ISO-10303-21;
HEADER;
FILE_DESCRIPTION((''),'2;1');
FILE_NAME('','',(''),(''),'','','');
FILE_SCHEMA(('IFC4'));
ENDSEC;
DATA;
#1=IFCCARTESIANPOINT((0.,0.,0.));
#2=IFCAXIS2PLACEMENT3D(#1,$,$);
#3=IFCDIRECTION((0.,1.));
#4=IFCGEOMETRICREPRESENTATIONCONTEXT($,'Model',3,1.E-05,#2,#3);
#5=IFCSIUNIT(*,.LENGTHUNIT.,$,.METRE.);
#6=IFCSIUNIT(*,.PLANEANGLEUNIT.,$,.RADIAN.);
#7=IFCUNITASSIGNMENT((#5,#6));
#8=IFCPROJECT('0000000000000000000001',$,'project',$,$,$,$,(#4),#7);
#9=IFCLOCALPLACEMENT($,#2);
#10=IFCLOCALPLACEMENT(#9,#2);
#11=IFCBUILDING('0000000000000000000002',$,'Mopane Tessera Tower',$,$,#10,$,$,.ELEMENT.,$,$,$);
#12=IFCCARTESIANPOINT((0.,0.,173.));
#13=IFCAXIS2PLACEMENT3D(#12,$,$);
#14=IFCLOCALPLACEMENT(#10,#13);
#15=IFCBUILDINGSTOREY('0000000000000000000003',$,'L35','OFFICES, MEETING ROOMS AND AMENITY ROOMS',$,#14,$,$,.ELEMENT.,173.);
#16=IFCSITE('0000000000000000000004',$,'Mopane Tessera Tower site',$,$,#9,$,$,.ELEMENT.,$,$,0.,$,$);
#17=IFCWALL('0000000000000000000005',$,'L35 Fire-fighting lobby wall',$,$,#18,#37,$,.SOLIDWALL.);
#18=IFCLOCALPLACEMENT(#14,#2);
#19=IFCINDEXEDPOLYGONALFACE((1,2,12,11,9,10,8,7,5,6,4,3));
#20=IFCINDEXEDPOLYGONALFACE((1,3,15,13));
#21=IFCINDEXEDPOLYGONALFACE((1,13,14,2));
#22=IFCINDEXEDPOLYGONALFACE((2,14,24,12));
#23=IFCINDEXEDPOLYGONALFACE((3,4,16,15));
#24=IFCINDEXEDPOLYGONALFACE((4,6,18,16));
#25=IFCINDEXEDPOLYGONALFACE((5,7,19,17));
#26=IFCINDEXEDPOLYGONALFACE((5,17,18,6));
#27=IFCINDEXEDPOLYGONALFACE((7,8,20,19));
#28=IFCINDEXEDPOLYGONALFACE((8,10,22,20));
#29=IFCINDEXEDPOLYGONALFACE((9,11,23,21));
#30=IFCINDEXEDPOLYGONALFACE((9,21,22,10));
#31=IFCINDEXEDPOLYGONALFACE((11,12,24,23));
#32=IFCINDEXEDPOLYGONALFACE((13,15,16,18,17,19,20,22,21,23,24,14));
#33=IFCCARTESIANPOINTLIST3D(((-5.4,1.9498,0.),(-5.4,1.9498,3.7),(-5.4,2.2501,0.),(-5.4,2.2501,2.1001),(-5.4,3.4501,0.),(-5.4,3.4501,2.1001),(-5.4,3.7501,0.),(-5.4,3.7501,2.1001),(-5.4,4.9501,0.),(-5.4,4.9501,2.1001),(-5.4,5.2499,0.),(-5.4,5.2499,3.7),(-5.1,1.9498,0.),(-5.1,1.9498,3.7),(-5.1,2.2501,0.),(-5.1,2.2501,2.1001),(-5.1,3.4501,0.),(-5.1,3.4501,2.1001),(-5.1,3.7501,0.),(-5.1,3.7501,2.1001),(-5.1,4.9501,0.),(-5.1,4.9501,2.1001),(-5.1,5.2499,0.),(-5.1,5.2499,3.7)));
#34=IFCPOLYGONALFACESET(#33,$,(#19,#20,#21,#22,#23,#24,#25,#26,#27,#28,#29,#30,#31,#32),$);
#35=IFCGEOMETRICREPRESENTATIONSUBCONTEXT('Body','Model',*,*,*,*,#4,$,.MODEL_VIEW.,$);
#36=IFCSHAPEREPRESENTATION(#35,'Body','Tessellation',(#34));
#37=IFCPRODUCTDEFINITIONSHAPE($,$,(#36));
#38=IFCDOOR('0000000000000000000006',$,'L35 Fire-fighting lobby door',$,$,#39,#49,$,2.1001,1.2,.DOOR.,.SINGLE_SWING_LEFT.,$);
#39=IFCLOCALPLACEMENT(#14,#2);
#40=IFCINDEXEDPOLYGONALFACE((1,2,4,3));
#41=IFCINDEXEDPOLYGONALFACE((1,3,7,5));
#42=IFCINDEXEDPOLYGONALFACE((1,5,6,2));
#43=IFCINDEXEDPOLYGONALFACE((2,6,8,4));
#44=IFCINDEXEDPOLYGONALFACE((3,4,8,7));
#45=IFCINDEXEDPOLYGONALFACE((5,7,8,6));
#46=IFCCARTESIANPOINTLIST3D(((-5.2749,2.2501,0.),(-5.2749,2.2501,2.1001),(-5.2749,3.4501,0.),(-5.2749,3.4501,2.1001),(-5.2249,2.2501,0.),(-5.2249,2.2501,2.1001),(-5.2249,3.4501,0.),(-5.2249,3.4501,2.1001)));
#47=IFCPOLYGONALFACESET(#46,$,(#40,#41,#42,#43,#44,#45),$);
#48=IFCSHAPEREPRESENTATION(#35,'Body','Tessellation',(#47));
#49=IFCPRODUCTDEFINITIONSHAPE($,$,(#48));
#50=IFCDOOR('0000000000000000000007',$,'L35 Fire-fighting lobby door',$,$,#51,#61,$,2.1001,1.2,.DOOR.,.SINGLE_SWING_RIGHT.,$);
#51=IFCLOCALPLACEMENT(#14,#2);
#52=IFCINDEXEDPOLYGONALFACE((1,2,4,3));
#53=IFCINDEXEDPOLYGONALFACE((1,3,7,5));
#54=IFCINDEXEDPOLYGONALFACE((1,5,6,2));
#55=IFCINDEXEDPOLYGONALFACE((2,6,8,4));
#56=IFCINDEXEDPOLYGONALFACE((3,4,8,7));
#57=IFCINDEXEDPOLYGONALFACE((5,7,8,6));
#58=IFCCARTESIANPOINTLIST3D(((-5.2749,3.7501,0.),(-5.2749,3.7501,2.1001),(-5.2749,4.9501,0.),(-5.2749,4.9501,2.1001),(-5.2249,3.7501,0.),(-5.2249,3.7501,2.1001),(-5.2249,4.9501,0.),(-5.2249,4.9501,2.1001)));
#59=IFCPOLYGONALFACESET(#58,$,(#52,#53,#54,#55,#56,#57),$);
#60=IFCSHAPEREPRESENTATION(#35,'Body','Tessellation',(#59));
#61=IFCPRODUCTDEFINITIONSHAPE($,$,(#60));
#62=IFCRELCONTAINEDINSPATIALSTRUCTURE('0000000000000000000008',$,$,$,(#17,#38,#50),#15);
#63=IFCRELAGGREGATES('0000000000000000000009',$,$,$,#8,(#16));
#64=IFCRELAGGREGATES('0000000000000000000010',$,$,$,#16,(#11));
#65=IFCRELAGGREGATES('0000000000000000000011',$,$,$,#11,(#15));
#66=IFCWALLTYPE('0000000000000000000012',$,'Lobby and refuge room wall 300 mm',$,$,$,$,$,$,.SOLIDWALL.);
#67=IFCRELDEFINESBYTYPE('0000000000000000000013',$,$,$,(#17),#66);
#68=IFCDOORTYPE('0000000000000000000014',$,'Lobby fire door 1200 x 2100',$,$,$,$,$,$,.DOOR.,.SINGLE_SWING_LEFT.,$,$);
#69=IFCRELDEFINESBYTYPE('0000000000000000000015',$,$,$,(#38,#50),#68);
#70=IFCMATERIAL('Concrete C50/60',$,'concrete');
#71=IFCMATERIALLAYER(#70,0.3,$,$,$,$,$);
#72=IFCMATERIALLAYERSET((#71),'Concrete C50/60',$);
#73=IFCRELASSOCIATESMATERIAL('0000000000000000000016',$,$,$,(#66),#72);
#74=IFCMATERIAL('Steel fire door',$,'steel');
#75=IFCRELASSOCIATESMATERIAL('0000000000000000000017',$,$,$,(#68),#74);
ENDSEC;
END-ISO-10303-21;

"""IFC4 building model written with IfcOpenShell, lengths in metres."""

from ifc_helpers import new_model, si_unit, direction, frame, frame_2d, origin, place, context, subcontext, project, spatial, rectangle, extrude, material, layer, layer_set, type_object, element, fill, save


model = new_model("IFC4")

# Units and contexts
model_context = context("Model", 3, precision=1e-05, world=origin(), true_north=direction((0.0, 1.0)))
body_context = subcontext(model_context, "Body", "Model", "MODEL_VIEW")
ifc_project = project(units=[si_unit("LENGTHUNIT", "METRE"), si_unit("PLANEANGLEUNIT", "RADIAN")], contexts=[model_context])

# Site, building, storey
site_placement = place(None, origin())
site = spatial("IfcSite", under=ifc_project, at=site_placement, Name="Mopane Tessera Tower site", CompositionType="ELEMENT", RefElevation=0.0)
building_placement = place(site_placement, origin())
building = spatial("IfcBuilding", under=site, at=building_placement, Name="Mopane Tessera Tower", CompositionType="ELEMENT")
storey_placement = place(building_placement, frame((0.0, 0.0, 173.0)))
storey = spatial("IfcBuildingStorey", under=building, at=storey_placement, Name="L35", Description="OFFICES, MEETING ROOMS AND AMENITY ROOMS", CompositionType="ELEMENT", Elevation=173.0)

# Wall, openings, doors
ifc_material_1 = material(Name="Concrete C50/60", Category="concrete")
ifc_layer_1 = layer(ifc_material_1, 0.3)
ifc_layer_set_1 = layer_set([ifc_layer_1], Name="Concrete C50/60")
wall_type_1 = type_object("IfcWallType", Name="Lobby and refuge room wall 300 mm", PredefinedType="SOLIDWALL", material=ifc_layer_set_1)
wall_1_placement = place(storey_placement, frame((-5.25, 1.95, 0.0), z_axis=(0.0, 0.0, 1.0), x_axis=(0.0, 1.0, 0.0)))
wall_1 = element("IfcWall", 1, at=wall_1_placement, inside=storey, type_object=wall_type_1, Name="L35 Fire-fighting lobby wall", PredefinedType="SOLIDWALL", context=body_context, shape_type="SweptSolid", body=[
    extrude(rectangle(XDim=3.3, YDim=0.3, at=frame_2d((1.6499, 0.0))), origin(), (0.0, 0.0, 1.0), 3.7),
])
opening_1_placement = place(wall_1_placement, frame((0.3, 0.0, 0.0)))
opening_1 = element("IfcOpeningElement", 2, at=opening_1_placement, cuts=wall_1, PredefinedType="OPENING", context=body_context, shape_type="SweptSolid", body=[
    extrude(rectangle(XDim=1.2, YDim=2.1001, at=frame_2d((0.6001, 1.05))), frame((0.0, 0.1621, 0.0), z_axis=(0.0, -1.0, 0.0), x_axis=(1.0, 0.0, 0.0)), (0.0, 0.0, 1.0), 0.324),
])
opening_2_placement = place(wall_1_placement, frame((1.8, 0.0, 0.0)))
opening_2 = element("IfcOpeningElement", 3, at=opening_2_placement, cuts=wall_1, PredefinedType="OPENING", context=body_context, shape_type="SweptSolid", body=[
    extrude(rectangle(XDim=1.2, YDim=2.1001, at=frame_2d((0.6001, 1.05))), frame((0.0, 0.1621, 0.0), z_axis=(0.0, -1.0, 0.0), x_axis=(1.0, 0.0, 0.0)), (0.0, 0.0, 1.0), 0.324),
])
ifc_material_2 = material(Name="Steel fire door", Category="steel")
door_type_1 = type_object("IfcDoorType", Name="Lobby fire door 1200 x 2100", OperationType="SINGLE_SWING_LEFT", PredefinedType="DOOR", material=ifc_material_2)
door_1_placement = place(opening_1_placement, origin())
door_1 = element("IfcDoor", 4, at=door_1_placement, inside=storey, type_object=door_type_1, Name="L35 Fire-fighting lobby door", OperationType="SINGLE_SWING_LEFT", OverallHeight=2.1001, OverallWidth=1.2, PredefinedType="DOOR", context=body_context, shape_type="SweptSolid", body=[
    extrude(rectangle(XDim=1.2, YDim=2.1001, at=frame_2d((0.6001, 1.05))), frame((0.0, 0.0249, 0.0), z_axis=(0.0, -1.0, 0.0), x_axis=(1.0, 0.0, 0.0)), (0.0, 0.0, 1.0), 0.05),
])
fill(opening_1, door_1)
door_2_placement = place(opening_2_placement, origin())
door_2 = element("IfcDoor", 5, at=door_2_placement, inside=storey, type_object=door_type_1, Name="L35 Fire-fighting lobby door", OperationType="SINGLE_SWING_RIGHT", OverallHeight=2.1001, OverallWidth=1.2, PredefinedType="DOOR", context=body_context, shape_type="SweptSolid", body=[
    extrude(rectangle(XDim=1.2, YDim=2.1001, at=frame_2d((0.6001, 1.05))), frame((0.0, 0.0249, 0.0), z_axis=(0.0, -1.0, 0.0), x_axis=(1.0, 0.0, 0.0)), (0.0, 0.0, 1.0), 0.05),
])
fill(opening_2, door_2)

save(model, "model.ifc")
